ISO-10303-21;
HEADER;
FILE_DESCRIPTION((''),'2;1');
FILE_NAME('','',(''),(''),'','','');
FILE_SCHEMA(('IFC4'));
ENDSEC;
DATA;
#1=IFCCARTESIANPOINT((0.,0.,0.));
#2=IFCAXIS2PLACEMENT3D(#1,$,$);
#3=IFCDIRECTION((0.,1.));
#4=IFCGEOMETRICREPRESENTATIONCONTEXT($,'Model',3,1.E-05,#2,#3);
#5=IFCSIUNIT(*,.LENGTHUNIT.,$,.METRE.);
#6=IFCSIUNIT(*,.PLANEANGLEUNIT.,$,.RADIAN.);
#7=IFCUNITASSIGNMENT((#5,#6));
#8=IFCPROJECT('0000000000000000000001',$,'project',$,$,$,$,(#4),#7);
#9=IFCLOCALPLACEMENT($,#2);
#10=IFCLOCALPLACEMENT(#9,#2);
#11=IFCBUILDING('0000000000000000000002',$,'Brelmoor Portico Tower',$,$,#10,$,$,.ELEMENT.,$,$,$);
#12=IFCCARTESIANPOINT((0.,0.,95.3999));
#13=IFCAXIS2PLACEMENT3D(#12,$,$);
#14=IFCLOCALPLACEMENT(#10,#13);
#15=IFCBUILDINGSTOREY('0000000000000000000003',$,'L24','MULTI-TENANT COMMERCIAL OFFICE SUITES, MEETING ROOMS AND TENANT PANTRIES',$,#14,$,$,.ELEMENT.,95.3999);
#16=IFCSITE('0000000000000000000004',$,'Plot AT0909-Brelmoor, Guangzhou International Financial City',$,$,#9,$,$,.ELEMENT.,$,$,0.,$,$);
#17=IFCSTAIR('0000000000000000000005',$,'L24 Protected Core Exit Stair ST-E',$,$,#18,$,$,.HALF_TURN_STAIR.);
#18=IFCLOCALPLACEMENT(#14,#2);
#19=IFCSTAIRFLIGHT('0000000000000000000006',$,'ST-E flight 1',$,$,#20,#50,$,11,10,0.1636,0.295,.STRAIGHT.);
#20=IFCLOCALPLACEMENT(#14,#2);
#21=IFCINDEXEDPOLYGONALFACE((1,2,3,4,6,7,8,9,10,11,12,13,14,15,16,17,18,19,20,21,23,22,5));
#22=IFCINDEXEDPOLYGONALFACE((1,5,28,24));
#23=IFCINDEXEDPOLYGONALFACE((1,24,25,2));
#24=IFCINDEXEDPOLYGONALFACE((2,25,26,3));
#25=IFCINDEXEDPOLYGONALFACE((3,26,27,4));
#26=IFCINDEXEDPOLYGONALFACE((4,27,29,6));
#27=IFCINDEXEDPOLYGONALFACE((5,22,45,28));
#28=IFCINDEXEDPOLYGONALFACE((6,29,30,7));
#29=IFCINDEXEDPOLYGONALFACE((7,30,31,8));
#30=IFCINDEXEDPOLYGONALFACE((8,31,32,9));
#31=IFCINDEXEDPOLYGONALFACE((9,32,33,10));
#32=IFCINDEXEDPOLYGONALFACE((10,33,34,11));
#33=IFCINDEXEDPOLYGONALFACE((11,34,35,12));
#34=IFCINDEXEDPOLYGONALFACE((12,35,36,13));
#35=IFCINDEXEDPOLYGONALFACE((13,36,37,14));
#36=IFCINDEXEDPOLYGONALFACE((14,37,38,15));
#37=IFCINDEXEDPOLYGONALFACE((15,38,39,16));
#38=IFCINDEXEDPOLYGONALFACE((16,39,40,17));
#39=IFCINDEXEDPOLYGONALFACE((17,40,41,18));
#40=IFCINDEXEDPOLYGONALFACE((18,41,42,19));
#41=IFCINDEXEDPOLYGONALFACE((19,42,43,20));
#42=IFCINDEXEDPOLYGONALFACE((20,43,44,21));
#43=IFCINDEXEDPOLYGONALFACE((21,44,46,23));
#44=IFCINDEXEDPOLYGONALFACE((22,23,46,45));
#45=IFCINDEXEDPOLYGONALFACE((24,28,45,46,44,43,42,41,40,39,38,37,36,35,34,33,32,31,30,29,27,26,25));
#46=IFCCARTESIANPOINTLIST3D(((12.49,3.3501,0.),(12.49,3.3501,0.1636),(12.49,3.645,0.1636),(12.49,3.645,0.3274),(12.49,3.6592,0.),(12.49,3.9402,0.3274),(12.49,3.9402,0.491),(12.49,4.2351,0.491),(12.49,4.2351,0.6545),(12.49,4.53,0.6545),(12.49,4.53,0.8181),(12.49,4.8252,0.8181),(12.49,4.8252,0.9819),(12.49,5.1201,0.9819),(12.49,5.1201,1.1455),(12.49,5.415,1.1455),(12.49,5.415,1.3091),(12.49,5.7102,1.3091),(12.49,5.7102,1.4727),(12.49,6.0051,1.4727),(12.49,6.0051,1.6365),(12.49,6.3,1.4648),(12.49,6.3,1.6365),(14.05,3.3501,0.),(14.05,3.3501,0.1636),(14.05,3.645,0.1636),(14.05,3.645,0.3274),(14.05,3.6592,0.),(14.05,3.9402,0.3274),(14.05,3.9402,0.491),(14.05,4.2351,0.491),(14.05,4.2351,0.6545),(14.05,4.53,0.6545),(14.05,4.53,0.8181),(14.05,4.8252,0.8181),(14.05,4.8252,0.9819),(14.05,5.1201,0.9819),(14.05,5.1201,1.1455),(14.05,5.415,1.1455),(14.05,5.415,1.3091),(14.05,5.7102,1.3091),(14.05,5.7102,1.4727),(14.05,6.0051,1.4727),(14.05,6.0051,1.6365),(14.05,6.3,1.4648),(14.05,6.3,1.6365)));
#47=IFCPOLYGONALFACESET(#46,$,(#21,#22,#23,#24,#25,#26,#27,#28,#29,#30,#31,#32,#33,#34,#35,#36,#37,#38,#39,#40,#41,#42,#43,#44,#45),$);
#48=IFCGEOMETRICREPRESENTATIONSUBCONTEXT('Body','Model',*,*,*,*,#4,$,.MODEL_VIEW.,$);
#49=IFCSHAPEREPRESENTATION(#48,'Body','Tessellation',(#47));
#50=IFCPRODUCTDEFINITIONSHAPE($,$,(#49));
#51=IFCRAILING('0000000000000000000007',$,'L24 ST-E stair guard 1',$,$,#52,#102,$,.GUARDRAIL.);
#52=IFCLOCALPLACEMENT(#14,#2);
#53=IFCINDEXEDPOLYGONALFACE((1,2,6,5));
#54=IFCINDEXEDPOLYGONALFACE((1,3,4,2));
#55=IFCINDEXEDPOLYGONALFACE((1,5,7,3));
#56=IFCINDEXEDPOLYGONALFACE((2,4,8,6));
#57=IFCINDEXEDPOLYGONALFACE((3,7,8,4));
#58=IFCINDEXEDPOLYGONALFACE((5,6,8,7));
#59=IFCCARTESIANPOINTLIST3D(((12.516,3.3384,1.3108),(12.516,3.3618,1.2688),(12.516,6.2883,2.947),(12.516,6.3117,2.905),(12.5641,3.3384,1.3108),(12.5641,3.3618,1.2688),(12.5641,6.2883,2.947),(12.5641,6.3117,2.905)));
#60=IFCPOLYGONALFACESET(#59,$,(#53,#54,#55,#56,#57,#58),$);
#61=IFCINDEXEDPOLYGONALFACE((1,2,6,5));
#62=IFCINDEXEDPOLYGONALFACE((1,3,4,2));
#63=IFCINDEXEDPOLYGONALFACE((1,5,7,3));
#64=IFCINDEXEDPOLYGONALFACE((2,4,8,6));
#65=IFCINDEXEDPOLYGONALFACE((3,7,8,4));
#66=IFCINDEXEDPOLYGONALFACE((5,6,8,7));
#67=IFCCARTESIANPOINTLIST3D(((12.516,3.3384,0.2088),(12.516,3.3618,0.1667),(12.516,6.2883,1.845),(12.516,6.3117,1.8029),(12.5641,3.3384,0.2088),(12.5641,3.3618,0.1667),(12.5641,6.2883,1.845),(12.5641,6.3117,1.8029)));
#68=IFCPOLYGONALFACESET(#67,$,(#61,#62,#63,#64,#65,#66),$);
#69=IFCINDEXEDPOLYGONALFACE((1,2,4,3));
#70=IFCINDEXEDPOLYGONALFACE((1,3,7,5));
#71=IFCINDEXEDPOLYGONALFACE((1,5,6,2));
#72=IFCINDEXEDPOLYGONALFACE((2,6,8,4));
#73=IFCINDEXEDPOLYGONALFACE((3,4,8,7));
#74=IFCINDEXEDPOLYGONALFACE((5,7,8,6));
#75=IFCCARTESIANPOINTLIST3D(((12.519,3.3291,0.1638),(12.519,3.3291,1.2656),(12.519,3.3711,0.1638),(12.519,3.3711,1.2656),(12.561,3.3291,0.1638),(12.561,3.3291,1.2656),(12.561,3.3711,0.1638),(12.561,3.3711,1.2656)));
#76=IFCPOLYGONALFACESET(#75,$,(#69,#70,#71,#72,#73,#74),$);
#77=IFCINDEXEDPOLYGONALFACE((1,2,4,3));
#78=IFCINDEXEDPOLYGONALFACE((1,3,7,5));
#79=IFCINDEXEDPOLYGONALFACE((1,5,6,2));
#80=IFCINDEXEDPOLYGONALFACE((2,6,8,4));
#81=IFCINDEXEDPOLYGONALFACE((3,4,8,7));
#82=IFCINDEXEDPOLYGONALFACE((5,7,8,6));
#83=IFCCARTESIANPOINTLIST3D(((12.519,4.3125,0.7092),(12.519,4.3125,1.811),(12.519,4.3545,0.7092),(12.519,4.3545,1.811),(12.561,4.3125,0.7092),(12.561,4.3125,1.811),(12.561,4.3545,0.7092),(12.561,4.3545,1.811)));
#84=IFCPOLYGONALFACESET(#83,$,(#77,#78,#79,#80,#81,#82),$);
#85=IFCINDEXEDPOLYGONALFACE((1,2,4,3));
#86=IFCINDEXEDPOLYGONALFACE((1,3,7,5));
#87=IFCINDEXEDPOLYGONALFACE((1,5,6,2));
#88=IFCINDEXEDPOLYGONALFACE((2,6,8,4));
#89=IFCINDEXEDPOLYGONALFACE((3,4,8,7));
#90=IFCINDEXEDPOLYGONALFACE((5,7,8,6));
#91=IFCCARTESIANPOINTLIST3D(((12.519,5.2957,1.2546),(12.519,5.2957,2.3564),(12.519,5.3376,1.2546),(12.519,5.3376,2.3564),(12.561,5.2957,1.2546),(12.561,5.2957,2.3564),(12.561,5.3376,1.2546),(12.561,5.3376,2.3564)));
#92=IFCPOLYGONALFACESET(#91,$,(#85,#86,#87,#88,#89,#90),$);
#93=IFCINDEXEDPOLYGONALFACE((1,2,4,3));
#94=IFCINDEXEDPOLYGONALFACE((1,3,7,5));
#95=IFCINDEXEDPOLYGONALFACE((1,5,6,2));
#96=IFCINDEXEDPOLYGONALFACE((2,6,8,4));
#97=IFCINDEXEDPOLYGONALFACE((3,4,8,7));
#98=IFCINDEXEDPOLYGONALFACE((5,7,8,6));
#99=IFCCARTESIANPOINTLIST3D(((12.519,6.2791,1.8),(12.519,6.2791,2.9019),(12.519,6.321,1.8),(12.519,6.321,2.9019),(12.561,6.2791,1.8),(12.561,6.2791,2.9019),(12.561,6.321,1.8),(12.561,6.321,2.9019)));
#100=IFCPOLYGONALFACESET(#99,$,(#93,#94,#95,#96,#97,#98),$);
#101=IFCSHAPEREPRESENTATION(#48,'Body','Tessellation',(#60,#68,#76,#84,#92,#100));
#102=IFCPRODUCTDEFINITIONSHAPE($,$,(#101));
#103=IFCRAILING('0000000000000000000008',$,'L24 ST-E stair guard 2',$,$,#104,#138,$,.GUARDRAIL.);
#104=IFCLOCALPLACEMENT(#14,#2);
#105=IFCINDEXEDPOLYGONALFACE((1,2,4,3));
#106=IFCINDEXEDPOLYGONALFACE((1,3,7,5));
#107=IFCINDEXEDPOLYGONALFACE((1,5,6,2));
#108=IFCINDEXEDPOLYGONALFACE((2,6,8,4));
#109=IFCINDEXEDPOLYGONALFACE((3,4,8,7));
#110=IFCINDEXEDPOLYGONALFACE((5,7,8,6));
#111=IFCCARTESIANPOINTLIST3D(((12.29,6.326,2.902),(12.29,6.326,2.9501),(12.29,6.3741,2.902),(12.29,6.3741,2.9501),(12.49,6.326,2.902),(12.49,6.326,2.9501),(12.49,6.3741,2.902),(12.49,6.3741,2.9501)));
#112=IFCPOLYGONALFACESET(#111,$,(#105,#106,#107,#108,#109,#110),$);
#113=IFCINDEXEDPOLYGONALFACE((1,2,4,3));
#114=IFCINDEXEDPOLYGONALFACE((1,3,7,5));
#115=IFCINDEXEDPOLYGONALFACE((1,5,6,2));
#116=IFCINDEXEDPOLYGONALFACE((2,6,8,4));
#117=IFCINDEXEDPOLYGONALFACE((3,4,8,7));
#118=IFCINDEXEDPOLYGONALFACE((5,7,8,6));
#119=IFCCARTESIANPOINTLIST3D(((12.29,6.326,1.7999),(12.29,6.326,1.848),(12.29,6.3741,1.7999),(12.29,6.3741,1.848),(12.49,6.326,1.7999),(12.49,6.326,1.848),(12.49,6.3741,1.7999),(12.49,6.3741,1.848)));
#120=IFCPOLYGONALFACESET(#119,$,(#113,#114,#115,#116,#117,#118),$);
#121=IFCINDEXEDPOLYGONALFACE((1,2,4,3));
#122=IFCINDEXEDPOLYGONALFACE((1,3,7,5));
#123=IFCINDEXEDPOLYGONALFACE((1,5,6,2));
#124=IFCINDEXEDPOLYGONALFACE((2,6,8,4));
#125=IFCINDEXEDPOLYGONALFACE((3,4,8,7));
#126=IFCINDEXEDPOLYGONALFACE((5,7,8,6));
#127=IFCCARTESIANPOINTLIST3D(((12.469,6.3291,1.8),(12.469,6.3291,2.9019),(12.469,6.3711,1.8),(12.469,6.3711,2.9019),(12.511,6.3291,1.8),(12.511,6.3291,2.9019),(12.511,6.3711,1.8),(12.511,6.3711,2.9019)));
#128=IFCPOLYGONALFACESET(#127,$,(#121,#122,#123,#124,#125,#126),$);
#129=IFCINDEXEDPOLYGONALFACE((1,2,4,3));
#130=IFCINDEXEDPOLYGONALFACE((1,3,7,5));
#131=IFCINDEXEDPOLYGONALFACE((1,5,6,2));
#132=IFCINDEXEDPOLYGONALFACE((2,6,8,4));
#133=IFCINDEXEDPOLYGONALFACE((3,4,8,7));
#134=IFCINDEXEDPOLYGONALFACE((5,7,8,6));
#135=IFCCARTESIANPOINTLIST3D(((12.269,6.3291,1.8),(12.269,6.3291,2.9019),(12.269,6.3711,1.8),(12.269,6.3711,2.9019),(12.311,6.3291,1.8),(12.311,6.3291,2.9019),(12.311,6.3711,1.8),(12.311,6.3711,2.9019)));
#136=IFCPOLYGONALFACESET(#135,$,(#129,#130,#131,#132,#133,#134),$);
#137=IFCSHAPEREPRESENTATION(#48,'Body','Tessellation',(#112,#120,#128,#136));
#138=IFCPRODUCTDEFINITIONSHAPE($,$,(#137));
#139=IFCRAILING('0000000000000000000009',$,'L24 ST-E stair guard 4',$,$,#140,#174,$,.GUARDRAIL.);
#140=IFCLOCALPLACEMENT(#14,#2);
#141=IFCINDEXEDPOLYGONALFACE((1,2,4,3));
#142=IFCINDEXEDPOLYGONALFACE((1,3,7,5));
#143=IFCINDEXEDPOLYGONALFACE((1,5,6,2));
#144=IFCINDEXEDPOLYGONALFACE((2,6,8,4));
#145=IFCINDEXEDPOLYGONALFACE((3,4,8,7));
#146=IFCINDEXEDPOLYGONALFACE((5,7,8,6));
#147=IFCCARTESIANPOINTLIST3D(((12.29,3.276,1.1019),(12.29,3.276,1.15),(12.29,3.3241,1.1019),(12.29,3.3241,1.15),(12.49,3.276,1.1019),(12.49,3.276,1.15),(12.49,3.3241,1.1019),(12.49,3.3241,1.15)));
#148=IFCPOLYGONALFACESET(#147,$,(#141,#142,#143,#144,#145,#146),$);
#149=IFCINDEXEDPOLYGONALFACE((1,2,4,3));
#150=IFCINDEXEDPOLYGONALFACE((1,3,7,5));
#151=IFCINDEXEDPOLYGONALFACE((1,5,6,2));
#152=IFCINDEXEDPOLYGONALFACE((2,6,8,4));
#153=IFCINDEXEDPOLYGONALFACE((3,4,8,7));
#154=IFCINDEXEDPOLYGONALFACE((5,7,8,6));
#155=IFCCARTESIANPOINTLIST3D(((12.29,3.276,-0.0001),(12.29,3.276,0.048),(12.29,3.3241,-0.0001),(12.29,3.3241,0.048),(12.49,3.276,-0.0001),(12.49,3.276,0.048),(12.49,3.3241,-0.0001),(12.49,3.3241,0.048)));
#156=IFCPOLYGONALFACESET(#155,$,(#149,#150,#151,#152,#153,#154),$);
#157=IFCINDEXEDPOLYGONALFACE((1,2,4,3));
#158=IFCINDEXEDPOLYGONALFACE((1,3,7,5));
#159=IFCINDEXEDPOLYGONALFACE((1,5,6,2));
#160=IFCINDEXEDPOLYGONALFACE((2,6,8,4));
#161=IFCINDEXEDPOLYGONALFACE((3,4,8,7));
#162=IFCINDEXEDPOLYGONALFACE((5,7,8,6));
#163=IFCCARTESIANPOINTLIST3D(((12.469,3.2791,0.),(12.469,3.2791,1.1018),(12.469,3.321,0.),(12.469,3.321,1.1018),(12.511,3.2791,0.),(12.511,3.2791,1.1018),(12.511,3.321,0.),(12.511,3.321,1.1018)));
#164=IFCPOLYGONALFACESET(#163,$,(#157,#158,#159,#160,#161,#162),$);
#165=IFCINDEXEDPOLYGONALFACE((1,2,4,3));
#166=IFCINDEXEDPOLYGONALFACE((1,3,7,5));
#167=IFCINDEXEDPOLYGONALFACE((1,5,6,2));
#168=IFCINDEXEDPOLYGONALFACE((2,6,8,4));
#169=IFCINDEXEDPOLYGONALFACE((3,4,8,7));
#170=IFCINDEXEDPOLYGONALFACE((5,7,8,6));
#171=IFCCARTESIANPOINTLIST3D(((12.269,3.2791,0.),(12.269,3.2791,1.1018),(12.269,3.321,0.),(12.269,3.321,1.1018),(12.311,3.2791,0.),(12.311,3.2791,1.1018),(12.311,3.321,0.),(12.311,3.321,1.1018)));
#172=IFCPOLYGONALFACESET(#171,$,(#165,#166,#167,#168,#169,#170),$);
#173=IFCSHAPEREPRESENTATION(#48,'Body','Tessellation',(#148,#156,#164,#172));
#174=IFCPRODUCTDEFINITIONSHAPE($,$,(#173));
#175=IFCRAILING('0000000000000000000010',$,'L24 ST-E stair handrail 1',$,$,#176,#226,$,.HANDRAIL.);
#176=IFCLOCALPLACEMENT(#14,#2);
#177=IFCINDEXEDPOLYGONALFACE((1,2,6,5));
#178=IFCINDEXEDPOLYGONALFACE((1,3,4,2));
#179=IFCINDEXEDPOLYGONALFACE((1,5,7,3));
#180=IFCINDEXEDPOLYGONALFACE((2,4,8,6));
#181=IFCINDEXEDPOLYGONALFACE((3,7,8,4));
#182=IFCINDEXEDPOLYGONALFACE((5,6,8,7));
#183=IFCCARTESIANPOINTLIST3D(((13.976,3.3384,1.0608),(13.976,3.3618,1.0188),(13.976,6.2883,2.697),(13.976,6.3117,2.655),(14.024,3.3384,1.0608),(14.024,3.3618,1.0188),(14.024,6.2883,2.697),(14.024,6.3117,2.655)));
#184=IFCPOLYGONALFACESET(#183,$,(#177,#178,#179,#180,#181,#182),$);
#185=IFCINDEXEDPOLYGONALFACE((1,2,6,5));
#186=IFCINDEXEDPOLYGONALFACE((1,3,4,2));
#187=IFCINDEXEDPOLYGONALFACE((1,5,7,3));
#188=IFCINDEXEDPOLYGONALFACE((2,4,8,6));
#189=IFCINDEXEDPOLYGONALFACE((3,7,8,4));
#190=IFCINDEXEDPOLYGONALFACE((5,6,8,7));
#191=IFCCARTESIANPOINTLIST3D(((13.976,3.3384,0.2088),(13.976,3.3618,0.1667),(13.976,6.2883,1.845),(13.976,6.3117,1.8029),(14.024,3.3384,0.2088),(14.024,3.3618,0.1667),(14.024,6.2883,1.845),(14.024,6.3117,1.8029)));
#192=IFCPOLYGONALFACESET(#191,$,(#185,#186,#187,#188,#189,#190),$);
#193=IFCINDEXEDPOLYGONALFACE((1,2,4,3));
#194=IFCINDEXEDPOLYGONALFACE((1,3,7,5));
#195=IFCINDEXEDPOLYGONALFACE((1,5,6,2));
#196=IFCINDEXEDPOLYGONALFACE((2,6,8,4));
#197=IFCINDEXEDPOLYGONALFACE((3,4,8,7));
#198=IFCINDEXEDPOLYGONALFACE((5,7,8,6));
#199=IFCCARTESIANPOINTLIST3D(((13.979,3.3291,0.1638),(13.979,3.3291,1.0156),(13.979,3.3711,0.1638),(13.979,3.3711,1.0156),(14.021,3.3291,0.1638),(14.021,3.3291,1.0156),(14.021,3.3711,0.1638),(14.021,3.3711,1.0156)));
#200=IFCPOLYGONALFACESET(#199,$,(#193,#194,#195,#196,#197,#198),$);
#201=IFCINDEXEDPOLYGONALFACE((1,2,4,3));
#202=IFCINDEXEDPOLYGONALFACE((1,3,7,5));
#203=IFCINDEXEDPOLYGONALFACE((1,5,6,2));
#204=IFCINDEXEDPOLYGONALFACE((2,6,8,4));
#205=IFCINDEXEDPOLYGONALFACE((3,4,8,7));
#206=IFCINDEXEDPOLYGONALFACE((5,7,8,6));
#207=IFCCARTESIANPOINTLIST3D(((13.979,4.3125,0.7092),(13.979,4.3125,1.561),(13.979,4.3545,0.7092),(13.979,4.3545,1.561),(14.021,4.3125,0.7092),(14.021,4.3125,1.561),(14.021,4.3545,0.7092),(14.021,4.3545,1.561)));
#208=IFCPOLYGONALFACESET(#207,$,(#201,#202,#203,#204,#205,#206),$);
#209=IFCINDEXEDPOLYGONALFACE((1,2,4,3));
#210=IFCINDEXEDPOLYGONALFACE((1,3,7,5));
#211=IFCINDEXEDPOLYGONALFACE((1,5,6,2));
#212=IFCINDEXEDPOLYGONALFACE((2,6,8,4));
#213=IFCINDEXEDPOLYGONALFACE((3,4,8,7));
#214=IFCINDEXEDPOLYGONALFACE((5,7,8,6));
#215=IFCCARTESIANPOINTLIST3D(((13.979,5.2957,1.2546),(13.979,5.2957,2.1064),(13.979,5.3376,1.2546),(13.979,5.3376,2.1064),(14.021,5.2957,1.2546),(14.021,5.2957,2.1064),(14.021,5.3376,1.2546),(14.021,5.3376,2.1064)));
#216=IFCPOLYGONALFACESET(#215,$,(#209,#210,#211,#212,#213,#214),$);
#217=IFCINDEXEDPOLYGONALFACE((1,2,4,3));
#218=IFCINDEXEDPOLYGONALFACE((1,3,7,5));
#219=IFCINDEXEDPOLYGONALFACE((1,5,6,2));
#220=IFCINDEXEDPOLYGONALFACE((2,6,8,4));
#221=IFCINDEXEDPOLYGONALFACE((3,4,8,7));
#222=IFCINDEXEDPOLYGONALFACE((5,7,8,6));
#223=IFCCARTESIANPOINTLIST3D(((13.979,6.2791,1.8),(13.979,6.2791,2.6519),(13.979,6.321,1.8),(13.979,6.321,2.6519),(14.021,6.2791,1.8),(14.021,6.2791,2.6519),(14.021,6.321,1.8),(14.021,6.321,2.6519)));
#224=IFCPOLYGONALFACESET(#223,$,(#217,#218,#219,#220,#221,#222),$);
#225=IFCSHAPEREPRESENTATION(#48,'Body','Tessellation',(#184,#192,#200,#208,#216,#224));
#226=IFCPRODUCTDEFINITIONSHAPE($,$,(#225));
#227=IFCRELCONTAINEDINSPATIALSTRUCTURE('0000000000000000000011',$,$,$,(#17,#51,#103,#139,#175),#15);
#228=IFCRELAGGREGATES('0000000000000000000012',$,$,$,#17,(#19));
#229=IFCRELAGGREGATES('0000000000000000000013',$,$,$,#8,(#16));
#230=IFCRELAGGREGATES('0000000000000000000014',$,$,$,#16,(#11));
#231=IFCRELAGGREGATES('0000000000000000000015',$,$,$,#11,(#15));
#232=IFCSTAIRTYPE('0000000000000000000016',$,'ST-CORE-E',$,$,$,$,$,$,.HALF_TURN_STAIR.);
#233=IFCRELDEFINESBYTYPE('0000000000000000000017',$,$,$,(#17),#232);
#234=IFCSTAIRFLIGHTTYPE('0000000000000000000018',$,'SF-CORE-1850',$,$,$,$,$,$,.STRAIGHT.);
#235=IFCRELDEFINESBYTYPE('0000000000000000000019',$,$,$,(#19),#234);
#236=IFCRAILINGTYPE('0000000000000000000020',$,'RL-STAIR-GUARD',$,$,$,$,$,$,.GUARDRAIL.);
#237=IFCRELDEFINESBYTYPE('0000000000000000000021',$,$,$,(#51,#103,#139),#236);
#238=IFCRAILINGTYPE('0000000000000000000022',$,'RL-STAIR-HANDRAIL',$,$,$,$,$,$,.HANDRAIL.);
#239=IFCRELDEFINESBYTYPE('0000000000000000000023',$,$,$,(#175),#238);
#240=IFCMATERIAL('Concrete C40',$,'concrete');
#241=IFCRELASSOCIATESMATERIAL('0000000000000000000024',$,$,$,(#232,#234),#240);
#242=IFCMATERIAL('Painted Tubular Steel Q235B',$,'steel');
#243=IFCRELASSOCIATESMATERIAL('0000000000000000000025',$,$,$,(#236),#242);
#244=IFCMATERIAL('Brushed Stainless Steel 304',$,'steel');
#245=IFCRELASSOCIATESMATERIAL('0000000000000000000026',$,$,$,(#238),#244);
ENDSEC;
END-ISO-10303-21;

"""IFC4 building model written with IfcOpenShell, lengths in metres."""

from ifc_helpers import new_model, si_unit, direction, frame, origin, origin_2d, place, context, subcontext, project, spatial, polyline, rectangle, outline, extrude, material, type_object, element, aggregate, save


model = new_model("IFC4")

# Units and contexts
model_context = context("Model", 3, precision=1e-05, world=origin(), true_north=direction((0.0, 1.0)))
body_context = subcontext(model_context, "Body", "Model", "MODEL_VIEW")
ifc_project = project(units=[si_unit("LENGTHUNIT", "METRE"), si_unit("PLANEANGLEUNIT", "RADIAN")], contexts=[model_context])

# Site, building, storey
site_placement = place(None, origin())
site = spatial("IfcSite", under=ifc_project, at=site_placement, Name="Plot AT0909-Brelmoor, Guangzhou International Financial City", CompositionType="ELEMENT", RefElevation=0.0)
building_placement = place(site_placement, origin())
building = spatial("IfcBuilding", under=site, at=building_placement, Name="Brelmoor Portico Tower", CompositionType="ELEMENT")
storey_placement = place(building_placement, frame((0.0, 0.0, 95.3999)))
storey = spatial("IfcBuildingStorey", under=building, at=storey_placement, Name="L24", Description="MULTI-TENANT COMMERCIAL OFFICE SUITES, MEETING ROOMS AND TENANT PANTRIES", CompositionType="ELEMENT", Elevation=95.3999)

# Shared definitions
ifc_material_1 = material(Name="Concrete C40", Category="concrete")

# Stair, stair flight
stair_type = type_object("IfcStairType", Name="ST-CORE-E", PredefinedType="HALF_TURN_STAIR", material=ifc_material_1)
stair_placement = place(storey_placement, origin())
stair = element("IfcStair", 1, at=stair_placement, inside=storey, type_object=stair_type, Name="L24 Protected Core Exit Stair ST-E", PredefinedType="HALF_TURN_STAIR")
stair_flight_type = type_object("IfcStairFlightType", Name="SF-CORE-1850", PredefinedType="STRAIGHT", material=ifc_material_1)
stair_flight_placement = place(storey_placement, frame((13.27, 3.3501, 0.0), z_axis=(0.0, 0.0, 1.0), x_axis=(0.0, 1.0, 0.0)))
stair_flight = element("IfcStairFlight", 2, at=stair_flight_placement, type_object=stair_flight_type, Name="ST-E flight 1", NumberOfRisers=11, NumberOfTreads=10, PredefinedType="STRAIGHT", RiserHeight=0.1636, TreadLength=0.295, context=body_context, shape_type="SweptSolid", body=[
    extrude(outline(polyline([(0.0, 0.0), (0.0, 0.1636), (0.2949, 0.1636), (0.2949, 0.3274), (0.5901, 0.3274), (0.5901, 0.491), (0.885, 0.491), (0.885, 0.6545), (1.1799, 0.6545), (1.1799, 0.8181), (1.4751, 0.8181), (1.4751, 0.9819), (1.77, 0.9819), (1.77, 1.1455), (2.0649, 1.1455), (2.0649, 1.3091), (2.3601, 1.3091), (2.3601, 1.4727), (2.655, 1.4727), (2.655, 1.6365), (2.95, 1.6365), (2.95, 1.8), (2.95, 1.4648), (0.3091, 0.0), (0.0, 0.0)])), frame((0.0, 0.78, 0.0), z_axis=(0.0, -1.0, 0.0), x_axis=(1.0, 0.0, 0.0)), (0.0, 0.0, 1.0), 1.5601),
])
aggregate(stair, [stair_flight])

# Railings
ifc_material_2 = material(Name="Painted Tubular Steel Q235B", Category="steel")
railing_type_1 = type_object("IfcRailingType", Name="RL-STAIR-GUARD", PredefinedType="GUARDRAIL", material=ifc_material_2)
railing_1_placement = place(storey_placement, frame((12.54, 3.3501, 0.1638)))
element("IfcRailing", 3, at=railing_1_placement, inside=storey, type_object=railing_type_1, Name="L24 ST-E stair guard 1", PredefinedType="GUARDRAIL", context=body_context, shape_type="SweptSolid", body=[
    extrude(rectangle(XDim=0.0481, YDim=0.0481, at=origin_2d()), frame((0.0, 0.0, 1.126), z_axis=(0.0, 0.874488, 0.485047), x_axis=(-1.0, 0.0, 0.0)), (0.0, 0.0, 1.0), 3.3733),
    extrude(rectangle(XDim=0.0481, YDim=0.0481, at=origin_2d()), frame((0.0, 0.0, 0.0239), z_axis=(0.0, 0.874488, 0.485047), x_axis=(-1.0, 0.0, 0.0)), (0.0, 0.0, 1.0), 3.3733),
    extrude(rectangle(XDim=0.042, YDim=0.042, at=origin_2d()), origin(), (0.0, 0.0, 1.0), 1.1018),
    extrude(rectangle(XDim=0.042, YDim=0.042, at=origin_2d()), frame((0.0, 0.9834, 0.5454)), (0.0, 0.0, 1.0), 1.1018),
    extrude(rectangle(XDim=0.042, YDim=0.042, at=origin_2d()), frame((0.0, 1.9666, 1.0908)), (0.0, 0.0, 1.0), 1.1018),
    extrude(rectangle(XDim=0.042, YDim=0.042, at=origin_2d()), frame((0.0, 2.95, 1.6362)), (0.0, 0.0, 1.0), 1.1018),
])
for number, where, name in (
    (4, (12.49, 6.3501, 1.8), "L24 ST-E stair guard 2"),
    (5, (12.49, 3.3, 0.0), "L24 ST-E stair guard 4"),
):
    element("IfcRailing", number, at=place(storey_placement, frame(where)), inside=storey, type_object=railing_type_1, Name=name, PredefinedType="GUARDRAIL", context=body_context, shape_type="SweptSolid", body=[
        extrude(rectangle(XDim=0.0481, YDim=0.0481, at=origin_2d()), frame((0.0, 0.0, 1.126), z_axis=(-1.0, 0.0, 0.0), x_axis=(0.0, -1.0, 0.0)), (0.0, 0.0, 1.0), 0.2),
        extrude(rectangle(XDim=0.0481, YDim=0.0481, at=origin_2d()), frame((0.0, 0.0, 0.0239), z_axis=(-1.0, 0.0, 0.0), x_axis=(0.0, -1.0, 0.0)), (0.0, 0.0, 1.0), 0.2),
        extrude(rectangle(XDim=0.042, YDim=0.042, at=origin_2d()), origin(), (0.0, 0.0, 1.0), 1.1018),
        extrude(rectangle(XDim=0.042, YDim=0.042, at=origin_2d()), frame((-0.2, 0.0, 0.0)), (0.0, 0.0, 1.0), 1.1018),
    ])
ifc_material_3 = material(Name="Brushed Stainless Steel 304", Category="steel")
railing_type_2 = type_object("IfcRailingType", Name="RL-STAIR-HANDRAIL", PredefinedType="HANDRAIL", material=ifc_material_3)
railing_2_placement = place(storey_placement, frame((14.0, 3.3501, 0.1638)))
element("IfcRailing", 6, at=railing_2_placement, inside=storey, type_object=railing_type_2, Name="L24 ST-E stair handrail 1", PredefinedType="HANDRAIL", context=body_context, shape_type="SweptSolid", body=[
    extrude(rectangle(XDim=0.0481, YDim=0.0481, at=origin_2d()), frame((0.0, 0.0, 0.876), z_axis=(0.0, 0.874488, 0.485047), x_axis=(-1.0, 0.0, 0.0)), (0.0, 0.0, 1.0), 3.3733),
    extrude(rectangle(XDim=0.0481, YDim=0.0481, at=origin_2d()), frame((0.0, 0.0, 0.0239), z_axis=(0.0, 0.874488, 0.485047), x_axis=(-1.0, 0.0, 0.0)), (0.0, 0.0, 1.0), 3.3733),
    extrude(rectangle(XDim=0.042, YDim=0.042, at=origin_2d()), origin(), (0.0, 0.0, 1.0), 0.8518),
    extrude(rectangle(XDim=0.042, YDim=0.042, at=origin_2d()), frame((0.0, 0.9834, 0.5454)), (0.0, 0.0, 1.0), 0.8518),
    extrude(rectangle(XDim=0.042, YDim=0.042, at=origin_2d()), frame((0.0, 1.9666, 1.0908)), (0.0, 0.0, 1.0), 0.8518),
    extrude(rectangle(XDim=0.042, YDim=0.042, at=origin_2d()), frame((0.0, 2.95, 1.6362)), (0.0, 0.0, 1.0), 0.8518),
])

save(model, "model.ifc")
